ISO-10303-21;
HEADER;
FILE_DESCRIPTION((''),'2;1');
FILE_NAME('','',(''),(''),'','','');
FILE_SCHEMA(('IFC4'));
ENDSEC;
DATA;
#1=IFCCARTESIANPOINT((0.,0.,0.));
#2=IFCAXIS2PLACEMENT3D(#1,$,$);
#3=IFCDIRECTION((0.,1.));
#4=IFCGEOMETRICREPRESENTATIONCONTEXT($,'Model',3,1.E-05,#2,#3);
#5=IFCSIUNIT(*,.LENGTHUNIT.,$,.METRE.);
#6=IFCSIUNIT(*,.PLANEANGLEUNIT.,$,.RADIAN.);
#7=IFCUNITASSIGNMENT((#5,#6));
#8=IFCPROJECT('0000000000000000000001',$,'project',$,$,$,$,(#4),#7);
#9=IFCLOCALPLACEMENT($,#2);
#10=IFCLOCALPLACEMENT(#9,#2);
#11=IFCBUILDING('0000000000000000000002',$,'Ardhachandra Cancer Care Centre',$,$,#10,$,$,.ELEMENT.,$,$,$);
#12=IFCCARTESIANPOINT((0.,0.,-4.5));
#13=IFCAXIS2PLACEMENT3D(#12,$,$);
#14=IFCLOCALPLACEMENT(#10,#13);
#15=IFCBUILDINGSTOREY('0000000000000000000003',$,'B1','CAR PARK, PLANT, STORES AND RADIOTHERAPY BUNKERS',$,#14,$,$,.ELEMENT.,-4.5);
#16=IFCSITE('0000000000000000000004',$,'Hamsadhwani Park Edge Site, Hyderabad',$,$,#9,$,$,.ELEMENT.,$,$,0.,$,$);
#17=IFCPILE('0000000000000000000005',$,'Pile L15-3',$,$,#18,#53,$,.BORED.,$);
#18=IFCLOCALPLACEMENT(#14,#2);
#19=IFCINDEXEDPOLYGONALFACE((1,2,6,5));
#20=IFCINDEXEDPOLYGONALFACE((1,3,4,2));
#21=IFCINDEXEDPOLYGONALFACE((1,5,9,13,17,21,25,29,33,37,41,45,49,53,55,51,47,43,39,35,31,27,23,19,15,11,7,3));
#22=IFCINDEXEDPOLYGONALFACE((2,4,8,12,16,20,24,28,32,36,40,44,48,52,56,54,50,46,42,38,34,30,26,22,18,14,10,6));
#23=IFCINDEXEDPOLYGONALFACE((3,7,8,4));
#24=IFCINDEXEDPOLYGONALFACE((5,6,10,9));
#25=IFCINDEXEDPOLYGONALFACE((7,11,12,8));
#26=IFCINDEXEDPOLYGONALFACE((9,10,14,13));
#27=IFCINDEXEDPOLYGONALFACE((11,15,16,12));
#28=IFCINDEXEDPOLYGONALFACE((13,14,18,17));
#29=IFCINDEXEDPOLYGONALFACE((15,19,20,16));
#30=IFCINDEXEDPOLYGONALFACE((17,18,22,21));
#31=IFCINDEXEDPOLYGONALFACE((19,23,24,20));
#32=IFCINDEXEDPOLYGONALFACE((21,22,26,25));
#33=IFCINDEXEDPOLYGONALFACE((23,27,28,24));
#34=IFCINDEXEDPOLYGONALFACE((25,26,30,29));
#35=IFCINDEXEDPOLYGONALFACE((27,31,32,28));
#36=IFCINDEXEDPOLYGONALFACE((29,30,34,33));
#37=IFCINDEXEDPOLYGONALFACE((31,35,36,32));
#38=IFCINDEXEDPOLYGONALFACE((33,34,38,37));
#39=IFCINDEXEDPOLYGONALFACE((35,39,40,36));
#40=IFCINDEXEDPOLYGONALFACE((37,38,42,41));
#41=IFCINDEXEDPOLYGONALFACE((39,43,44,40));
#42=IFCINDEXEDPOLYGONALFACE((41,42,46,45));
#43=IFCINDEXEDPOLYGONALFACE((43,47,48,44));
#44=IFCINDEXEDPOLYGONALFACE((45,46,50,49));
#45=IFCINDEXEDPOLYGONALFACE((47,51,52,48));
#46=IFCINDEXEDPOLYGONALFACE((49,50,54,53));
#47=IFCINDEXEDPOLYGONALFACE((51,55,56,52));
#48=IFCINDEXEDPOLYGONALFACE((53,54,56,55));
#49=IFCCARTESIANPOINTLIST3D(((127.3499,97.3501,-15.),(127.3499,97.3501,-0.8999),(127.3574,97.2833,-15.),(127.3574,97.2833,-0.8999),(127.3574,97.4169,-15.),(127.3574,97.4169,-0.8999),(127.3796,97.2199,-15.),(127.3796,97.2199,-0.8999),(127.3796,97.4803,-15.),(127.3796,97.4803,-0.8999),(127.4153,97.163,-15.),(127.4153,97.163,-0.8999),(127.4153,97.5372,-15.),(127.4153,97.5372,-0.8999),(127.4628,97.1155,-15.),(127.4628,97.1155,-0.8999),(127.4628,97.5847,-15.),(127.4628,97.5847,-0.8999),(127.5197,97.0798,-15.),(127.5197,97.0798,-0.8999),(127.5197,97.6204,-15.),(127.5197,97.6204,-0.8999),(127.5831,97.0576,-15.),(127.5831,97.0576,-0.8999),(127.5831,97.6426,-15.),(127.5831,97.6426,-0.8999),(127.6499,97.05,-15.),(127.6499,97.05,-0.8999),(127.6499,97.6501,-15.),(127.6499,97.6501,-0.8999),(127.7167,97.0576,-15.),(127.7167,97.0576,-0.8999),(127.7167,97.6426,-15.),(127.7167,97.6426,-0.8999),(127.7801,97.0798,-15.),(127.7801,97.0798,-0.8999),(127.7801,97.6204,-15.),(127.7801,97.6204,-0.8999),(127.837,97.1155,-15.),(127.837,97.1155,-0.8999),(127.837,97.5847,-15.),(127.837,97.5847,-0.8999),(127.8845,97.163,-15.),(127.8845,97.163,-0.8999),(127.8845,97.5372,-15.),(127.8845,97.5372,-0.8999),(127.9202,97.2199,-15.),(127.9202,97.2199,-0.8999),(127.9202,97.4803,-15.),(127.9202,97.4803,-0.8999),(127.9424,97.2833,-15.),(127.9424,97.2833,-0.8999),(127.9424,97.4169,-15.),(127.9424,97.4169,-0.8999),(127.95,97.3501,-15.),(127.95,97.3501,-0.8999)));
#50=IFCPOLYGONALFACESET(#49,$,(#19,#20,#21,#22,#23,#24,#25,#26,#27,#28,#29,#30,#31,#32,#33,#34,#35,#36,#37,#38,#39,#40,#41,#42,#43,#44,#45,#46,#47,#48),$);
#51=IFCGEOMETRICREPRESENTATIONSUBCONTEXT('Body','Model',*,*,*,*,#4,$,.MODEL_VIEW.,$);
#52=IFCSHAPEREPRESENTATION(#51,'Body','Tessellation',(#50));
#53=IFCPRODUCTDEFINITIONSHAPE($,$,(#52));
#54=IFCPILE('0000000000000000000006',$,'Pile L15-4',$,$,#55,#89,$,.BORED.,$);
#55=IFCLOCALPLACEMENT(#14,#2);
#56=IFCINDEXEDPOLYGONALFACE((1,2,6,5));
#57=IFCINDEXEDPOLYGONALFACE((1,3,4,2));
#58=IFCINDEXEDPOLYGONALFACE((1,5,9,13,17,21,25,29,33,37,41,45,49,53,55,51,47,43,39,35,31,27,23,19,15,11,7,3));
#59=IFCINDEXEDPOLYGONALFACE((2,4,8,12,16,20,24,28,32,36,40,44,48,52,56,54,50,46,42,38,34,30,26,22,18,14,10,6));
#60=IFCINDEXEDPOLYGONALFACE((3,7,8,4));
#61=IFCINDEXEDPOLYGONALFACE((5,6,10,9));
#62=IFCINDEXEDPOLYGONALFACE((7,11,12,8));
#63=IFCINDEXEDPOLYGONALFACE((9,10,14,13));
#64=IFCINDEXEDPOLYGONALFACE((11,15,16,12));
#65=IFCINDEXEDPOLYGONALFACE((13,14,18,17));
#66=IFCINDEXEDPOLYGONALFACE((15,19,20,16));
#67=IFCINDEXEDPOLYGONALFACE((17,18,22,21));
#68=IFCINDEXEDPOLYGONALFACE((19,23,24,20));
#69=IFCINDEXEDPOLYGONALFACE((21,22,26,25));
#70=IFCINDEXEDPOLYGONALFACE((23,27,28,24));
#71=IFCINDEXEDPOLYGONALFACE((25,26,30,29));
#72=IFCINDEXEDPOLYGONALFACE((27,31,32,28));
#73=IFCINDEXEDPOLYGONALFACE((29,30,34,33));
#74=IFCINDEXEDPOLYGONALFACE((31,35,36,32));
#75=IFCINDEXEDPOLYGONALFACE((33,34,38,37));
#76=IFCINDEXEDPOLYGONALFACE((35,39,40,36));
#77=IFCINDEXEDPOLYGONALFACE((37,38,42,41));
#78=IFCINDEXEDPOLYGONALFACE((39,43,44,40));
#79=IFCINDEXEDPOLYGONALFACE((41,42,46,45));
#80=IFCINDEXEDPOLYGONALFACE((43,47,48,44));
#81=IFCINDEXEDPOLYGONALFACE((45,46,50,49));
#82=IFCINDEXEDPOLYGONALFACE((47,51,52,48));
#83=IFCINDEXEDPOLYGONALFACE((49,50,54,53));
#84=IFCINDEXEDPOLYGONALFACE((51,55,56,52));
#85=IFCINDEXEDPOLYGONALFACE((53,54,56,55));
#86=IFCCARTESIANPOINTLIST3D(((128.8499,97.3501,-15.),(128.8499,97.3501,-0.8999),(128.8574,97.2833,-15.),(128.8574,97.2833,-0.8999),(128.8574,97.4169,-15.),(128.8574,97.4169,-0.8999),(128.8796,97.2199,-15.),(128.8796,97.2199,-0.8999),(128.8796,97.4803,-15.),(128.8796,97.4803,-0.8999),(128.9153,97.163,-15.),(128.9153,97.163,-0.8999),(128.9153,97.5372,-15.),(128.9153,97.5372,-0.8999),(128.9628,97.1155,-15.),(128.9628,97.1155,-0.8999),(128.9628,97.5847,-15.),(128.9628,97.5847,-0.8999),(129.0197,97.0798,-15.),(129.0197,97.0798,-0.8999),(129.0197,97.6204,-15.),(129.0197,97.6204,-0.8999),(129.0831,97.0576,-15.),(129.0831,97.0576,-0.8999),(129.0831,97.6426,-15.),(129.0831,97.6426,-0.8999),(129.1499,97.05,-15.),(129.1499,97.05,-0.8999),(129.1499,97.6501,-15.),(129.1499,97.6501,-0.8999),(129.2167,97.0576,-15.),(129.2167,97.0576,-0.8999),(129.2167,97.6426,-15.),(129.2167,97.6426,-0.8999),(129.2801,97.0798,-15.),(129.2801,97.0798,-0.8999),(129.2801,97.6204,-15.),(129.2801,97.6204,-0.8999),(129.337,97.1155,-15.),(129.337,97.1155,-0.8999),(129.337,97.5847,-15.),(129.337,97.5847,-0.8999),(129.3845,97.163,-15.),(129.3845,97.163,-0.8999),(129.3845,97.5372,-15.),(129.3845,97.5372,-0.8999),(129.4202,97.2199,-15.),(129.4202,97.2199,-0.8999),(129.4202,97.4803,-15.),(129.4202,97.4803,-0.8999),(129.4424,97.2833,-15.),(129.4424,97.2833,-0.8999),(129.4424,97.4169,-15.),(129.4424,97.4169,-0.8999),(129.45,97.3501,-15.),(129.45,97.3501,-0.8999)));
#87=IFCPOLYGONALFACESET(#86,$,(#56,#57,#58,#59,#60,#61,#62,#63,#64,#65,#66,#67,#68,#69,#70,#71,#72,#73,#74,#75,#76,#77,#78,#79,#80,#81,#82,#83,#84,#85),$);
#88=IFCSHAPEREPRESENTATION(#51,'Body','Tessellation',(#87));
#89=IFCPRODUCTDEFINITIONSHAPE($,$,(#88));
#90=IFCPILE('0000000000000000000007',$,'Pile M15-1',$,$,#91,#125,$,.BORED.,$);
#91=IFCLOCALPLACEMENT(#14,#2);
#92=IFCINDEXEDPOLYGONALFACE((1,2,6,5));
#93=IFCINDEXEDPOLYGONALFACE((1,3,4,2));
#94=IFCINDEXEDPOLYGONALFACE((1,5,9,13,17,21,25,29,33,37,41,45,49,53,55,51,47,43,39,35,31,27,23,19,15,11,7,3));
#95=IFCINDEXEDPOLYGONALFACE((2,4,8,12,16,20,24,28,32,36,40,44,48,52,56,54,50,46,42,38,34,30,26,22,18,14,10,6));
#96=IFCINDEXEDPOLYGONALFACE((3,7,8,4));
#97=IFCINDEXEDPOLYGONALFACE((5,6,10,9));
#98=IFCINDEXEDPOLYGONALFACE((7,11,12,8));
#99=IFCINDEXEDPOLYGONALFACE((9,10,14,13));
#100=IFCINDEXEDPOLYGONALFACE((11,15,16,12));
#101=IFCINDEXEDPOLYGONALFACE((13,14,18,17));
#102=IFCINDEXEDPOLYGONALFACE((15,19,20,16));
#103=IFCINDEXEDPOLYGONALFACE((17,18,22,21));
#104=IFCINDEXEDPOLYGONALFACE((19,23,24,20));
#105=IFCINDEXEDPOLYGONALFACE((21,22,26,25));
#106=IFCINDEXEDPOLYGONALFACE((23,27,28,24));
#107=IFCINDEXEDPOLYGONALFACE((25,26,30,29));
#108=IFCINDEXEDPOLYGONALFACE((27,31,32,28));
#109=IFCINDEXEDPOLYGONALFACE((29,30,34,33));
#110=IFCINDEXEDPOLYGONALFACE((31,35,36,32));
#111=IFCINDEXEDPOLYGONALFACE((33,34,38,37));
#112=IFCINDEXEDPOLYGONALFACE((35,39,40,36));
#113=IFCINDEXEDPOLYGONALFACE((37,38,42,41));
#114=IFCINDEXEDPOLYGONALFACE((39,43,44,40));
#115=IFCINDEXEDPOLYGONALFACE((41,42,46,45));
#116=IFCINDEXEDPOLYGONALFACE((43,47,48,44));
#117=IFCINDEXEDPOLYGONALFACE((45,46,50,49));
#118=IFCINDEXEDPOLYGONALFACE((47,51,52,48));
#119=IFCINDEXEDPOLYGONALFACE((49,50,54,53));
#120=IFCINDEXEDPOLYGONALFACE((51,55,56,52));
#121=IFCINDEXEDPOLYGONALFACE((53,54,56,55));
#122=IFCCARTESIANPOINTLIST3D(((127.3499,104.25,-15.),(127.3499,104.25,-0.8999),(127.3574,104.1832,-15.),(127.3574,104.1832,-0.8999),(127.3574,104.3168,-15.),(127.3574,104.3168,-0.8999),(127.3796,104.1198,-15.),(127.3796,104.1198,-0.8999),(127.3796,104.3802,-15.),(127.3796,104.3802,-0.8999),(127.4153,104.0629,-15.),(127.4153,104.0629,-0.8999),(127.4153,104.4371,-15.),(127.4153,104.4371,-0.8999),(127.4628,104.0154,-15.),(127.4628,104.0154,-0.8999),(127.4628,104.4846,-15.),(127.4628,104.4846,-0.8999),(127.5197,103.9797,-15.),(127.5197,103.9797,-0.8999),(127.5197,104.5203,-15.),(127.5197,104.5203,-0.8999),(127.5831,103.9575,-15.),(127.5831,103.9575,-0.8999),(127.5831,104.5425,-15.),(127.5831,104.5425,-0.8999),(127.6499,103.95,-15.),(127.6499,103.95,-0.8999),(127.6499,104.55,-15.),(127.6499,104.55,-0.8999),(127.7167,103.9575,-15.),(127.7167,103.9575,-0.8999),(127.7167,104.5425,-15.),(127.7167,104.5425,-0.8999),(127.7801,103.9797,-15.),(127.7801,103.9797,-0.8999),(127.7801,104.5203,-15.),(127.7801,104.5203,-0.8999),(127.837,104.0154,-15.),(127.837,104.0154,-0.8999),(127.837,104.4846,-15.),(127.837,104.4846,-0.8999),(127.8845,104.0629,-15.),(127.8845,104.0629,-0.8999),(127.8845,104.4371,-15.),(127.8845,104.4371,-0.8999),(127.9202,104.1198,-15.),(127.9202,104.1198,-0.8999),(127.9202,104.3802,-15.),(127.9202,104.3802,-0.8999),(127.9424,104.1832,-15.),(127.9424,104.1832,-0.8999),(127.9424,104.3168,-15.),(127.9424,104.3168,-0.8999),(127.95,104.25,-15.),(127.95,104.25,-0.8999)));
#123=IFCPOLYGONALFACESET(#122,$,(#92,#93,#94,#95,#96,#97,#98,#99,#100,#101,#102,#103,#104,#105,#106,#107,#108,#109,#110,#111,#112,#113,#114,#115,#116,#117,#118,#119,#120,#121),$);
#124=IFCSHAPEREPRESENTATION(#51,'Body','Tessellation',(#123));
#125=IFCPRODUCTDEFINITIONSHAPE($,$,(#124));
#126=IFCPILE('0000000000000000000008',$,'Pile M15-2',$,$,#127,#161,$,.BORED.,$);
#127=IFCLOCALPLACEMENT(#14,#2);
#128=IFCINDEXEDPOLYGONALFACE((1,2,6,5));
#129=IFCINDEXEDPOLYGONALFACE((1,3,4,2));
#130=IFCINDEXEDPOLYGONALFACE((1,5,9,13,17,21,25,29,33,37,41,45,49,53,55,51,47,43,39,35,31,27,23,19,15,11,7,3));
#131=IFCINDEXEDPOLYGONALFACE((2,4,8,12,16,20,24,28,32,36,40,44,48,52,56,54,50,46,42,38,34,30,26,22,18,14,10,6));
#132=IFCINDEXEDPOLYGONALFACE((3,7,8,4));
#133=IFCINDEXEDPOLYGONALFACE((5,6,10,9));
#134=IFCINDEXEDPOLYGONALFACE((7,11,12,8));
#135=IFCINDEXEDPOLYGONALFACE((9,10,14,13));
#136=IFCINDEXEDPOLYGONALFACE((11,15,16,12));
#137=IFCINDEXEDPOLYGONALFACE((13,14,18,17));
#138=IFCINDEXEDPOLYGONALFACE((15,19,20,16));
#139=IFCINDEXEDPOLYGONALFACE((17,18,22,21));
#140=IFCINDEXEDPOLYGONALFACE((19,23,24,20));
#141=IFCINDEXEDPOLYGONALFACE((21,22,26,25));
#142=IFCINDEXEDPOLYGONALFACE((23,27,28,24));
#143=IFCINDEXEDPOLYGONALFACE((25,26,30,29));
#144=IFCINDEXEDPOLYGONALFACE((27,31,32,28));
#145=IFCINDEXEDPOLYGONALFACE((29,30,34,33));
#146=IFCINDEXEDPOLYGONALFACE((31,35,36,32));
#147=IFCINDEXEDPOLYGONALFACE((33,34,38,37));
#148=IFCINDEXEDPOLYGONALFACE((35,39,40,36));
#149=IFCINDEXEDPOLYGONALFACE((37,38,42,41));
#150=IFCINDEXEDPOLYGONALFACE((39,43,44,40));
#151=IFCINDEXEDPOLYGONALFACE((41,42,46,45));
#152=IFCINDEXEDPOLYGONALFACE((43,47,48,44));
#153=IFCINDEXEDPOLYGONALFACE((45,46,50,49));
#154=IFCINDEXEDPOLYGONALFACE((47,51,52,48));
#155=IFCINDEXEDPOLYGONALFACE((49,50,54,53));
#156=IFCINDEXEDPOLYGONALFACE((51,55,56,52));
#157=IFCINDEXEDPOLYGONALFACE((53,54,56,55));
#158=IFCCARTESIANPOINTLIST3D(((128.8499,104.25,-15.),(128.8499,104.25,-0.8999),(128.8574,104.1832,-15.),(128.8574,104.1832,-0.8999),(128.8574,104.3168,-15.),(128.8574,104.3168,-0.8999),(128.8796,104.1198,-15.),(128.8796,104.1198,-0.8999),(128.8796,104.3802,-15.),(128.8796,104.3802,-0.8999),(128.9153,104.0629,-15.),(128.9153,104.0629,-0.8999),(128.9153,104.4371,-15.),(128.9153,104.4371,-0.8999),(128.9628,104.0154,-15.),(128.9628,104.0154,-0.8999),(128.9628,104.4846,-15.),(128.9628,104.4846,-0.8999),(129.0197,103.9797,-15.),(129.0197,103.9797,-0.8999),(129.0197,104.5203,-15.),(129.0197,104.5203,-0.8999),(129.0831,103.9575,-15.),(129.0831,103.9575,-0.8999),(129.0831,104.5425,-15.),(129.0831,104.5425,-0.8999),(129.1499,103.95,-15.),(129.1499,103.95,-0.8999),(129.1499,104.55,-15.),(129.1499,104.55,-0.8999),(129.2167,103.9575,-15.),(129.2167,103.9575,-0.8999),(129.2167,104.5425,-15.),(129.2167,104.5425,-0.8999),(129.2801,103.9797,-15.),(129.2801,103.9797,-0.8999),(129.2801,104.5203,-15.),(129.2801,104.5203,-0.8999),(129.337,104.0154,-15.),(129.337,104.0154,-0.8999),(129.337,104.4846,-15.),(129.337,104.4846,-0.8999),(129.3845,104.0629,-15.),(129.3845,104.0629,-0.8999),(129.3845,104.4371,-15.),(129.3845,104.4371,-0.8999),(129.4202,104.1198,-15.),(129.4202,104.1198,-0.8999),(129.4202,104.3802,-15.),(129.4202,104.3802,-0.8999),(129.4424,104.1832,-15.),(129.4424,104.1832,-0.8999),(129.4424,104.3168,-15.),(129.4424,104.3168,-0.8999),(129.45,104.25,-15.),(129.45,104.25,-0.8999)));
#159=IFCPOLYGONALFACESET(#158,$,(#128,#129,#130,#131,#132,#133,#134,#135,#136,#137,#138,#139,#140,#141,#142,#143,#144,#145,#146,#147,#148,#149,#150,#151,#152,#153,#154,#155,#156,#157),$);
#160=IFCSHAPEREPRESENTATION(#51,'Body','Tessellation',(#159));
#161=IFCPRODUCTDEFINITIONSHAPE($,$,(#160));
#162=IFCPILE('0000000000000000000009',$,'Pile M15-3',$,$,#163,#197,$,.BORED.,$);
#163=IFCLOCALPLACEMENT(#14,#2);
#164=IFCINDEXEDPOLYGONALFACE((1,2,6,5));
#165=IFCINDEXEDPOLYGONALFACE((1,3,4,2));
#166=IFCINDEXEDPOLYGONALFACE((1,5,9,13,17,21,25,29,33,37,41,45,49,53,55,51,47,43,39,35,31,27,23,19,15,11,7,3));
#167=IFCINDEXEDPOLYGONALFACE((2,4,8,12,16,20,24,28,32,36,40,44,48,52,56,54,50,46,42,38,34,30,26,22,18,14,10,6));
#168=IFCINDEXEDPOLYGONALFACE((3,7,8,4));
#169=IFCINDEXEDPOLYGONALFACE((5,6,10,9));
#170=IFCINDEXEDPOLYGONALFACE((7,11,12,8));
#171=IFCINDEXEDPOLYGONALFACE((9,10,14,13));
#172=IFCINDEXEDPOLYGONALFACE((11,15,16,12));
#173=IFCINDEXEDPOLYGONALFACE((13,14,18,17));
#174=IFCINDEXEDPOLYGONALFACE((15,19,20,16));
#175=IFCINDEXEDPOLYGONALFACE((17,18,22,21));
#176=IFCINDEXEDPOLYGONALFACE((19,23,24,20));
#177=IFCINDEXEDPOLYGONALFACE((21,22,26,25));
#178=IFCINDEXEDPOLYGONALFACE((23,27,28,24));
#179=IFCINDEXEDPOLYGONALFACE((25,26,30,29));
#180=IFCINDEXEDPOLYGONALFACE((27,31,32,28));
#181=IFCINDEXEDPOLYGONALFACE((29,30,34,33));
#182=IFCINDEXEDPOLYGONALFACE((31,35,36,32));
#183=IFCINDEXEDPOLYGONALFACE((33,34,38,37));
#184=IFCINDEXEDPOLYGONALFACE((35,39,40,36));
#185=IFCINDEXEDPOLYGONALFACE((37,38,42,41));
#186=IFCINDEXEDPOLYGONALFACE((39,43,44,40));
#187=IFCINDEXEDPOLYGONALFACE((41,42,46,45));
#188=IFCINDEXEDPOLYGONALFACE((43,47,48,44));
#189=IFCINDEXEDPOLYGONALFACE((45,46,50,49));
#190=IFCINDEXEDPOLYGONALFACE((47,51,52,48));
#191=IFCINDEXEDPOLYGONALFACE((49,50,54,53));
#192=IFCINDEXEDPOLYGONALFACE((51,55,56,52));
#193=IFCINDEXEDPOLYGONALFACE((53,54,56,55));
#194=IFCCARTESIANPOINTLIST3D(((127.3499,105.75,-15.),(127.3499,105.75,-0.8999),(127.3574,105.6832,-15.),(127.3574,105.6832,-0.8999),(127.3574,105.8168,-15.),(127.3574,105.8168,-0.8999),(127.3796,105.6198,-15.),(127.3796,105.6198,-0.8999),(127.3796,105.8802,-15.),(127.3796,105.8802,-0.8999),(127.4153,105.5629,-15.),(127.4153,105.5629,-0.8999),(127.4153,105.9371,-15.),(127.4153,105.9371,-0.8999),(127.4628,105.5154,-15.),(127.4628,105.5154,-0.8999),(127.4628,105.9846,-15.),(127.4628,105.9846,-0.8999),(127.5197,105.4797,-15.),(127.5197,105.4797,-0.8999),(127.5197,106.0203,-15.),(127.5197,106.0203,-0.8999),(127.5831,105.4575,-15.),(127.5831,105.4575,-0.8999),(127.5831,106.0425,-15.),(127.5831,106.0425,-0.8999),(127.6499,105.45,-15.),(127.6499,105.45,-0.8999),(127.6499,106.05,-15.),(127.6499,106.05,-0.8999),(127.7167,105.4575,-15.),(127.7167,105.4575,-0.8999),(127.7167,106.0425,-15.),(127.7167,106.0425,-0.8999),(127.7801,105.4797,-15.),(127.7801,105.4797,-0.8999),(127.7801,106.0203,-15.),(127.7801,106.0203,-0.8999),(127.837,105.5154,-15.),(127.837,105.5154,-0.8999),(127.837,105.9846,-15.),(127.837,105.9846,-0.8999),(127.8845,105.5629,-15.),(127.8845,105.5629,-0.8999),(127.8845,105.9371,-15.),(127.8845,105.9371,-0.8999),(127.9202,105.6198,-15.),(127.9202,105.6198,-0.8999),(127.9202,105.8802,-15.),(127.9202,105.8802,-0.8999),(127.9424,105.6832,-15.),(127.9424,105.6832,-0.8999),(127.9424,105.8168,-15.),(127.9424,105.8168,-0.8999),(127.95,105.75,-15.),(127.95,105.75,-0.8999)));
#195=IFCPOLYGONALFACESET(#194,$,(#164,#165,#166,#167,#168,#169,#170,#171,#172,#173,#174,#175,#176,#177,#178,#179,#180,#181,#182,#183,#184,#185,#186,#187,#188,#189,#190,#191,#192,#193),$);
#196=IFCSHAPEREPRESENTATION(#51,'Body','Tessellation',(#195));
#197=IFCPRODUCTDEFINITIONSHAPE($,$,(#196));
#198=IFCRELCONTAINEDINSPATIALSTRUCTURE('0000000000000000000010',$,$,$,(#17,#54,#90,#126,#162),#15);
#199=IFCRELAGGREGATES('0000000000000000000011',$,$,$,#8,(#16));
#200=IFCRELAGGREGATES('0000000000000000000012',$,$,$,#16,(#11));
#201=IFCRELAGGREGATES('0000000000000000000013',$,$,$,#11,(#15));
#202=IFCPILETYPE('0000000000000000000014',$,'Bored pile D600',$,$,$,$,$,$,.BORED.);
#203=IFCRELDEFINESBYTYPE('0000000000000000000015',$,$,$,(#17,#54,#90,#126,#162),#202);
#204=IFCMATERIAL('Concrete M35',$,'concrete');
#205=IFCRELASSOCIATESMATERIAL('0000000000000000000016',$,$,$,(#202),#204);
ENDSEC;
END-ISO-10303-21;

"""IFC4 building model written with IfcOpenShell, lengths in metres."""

from ifc_helpers import new_model, si_unit, direction, frame, origin, origin_2d, place, context, subcontext, project, spatial, circle, extrude, material, material_profile, profile_set, type_object, element, save


model = new_model("IFC4")

# Units and contexts
model_context = context("Model", 3, precision=1e-05, world=origin(), true_north=direction((0.0, 1.0)))
body_context = subcontext(model_context, "Body", "Model", "MODEL_VIEW")
ifc_project = project(units=[si_unit("LENGTHUNIT", "METRE"), si_unit("PLANEANGLEUNIT", "RADIAN")], contexts=[model_context])

# Site, building, storey
site_placement = place(None, origin())
site = spatial("IfcSite", under=ifc_project, at=site_placement, Name="Hamsadhwani Park Edge Site, Hyderabad", CompositionType="ELEMENT", RefElevation=0.0)
building_placement = place(site_placement, origin())
building = spatial("IfcBuilding", under=site, at=building_placement, Name="Ardhachandra Cancer Care Centre", CompositionType="ELEMENT")
storey_placement = place(building_placement, frame((0.0, 0.0, -4.5)))
storey = spatial("IfcBuildingStorey", under=building, at=storey_placement, Name="B1", Description="CAR PARK, PLANT, STORES AND RADIOTHERAPY BUNKERS", CompositionType="ELEMENT", Elevation=-4.5)

# Piles
ifc_material_1 = material(Name="Concrete M35", Category="concrete")
ifc_material_profile_1 = material_profile(ifc_material_1, circle(Radius=0.3, at=origin_2d()), Name="D600")
ifc_profile_set_1 = profile_set([ifc_material_profile_1], Name="Concrete M35")
pile_type = type_object("IfcPileType", Name="Bored pile D600", PredefinedType="BORED", material=ifc_profile_set_1)
for number, where, z_axis, x_axis, name in (
    (1, (127.6499, 97.3501, -0.8999), (0.0, 0.0, -1.0), (1.0, 0.0, 0.0), "Pile L15-3"),
    (2, (129.1499, 97.3501, -0.8999), (0.0, 0.0, -1.0), (1.0, 0.0, 0.0), "Pile L15-4"),
    (3, (127.6499, 104.25, -0.8999), (0.0, 0.0, -1.0), (1.0, 0.0, 0.0), "Pile M15-1"),
    (4, (129.1499, 104.25, -0.8999), (0.0, 0.0, -1.0), (1.0, 0.0, 0.0), "Pile M15-2"),
    (5, (127.6499, 105.75, -0.8999), (0.0, 0.0, -1.0), (1.0, 0.0, 0.0), "Pile M15-3"),
):
    element("IfcPile", number, at=place(storey_placement, frame(where, z_axis=z_axis, x_axis=x_axis)), inside=storey, type_object=pile_type, Name=name, PredefinedType="BORED", context=body_context, shape_type="SweptSolid", body=[
        extrude(circle(Radius=0.3, at=origin_2d()), origin(), (0.0, 0.0, 1.0), 14.1001),
    ])

save(model, "model.ifc")
